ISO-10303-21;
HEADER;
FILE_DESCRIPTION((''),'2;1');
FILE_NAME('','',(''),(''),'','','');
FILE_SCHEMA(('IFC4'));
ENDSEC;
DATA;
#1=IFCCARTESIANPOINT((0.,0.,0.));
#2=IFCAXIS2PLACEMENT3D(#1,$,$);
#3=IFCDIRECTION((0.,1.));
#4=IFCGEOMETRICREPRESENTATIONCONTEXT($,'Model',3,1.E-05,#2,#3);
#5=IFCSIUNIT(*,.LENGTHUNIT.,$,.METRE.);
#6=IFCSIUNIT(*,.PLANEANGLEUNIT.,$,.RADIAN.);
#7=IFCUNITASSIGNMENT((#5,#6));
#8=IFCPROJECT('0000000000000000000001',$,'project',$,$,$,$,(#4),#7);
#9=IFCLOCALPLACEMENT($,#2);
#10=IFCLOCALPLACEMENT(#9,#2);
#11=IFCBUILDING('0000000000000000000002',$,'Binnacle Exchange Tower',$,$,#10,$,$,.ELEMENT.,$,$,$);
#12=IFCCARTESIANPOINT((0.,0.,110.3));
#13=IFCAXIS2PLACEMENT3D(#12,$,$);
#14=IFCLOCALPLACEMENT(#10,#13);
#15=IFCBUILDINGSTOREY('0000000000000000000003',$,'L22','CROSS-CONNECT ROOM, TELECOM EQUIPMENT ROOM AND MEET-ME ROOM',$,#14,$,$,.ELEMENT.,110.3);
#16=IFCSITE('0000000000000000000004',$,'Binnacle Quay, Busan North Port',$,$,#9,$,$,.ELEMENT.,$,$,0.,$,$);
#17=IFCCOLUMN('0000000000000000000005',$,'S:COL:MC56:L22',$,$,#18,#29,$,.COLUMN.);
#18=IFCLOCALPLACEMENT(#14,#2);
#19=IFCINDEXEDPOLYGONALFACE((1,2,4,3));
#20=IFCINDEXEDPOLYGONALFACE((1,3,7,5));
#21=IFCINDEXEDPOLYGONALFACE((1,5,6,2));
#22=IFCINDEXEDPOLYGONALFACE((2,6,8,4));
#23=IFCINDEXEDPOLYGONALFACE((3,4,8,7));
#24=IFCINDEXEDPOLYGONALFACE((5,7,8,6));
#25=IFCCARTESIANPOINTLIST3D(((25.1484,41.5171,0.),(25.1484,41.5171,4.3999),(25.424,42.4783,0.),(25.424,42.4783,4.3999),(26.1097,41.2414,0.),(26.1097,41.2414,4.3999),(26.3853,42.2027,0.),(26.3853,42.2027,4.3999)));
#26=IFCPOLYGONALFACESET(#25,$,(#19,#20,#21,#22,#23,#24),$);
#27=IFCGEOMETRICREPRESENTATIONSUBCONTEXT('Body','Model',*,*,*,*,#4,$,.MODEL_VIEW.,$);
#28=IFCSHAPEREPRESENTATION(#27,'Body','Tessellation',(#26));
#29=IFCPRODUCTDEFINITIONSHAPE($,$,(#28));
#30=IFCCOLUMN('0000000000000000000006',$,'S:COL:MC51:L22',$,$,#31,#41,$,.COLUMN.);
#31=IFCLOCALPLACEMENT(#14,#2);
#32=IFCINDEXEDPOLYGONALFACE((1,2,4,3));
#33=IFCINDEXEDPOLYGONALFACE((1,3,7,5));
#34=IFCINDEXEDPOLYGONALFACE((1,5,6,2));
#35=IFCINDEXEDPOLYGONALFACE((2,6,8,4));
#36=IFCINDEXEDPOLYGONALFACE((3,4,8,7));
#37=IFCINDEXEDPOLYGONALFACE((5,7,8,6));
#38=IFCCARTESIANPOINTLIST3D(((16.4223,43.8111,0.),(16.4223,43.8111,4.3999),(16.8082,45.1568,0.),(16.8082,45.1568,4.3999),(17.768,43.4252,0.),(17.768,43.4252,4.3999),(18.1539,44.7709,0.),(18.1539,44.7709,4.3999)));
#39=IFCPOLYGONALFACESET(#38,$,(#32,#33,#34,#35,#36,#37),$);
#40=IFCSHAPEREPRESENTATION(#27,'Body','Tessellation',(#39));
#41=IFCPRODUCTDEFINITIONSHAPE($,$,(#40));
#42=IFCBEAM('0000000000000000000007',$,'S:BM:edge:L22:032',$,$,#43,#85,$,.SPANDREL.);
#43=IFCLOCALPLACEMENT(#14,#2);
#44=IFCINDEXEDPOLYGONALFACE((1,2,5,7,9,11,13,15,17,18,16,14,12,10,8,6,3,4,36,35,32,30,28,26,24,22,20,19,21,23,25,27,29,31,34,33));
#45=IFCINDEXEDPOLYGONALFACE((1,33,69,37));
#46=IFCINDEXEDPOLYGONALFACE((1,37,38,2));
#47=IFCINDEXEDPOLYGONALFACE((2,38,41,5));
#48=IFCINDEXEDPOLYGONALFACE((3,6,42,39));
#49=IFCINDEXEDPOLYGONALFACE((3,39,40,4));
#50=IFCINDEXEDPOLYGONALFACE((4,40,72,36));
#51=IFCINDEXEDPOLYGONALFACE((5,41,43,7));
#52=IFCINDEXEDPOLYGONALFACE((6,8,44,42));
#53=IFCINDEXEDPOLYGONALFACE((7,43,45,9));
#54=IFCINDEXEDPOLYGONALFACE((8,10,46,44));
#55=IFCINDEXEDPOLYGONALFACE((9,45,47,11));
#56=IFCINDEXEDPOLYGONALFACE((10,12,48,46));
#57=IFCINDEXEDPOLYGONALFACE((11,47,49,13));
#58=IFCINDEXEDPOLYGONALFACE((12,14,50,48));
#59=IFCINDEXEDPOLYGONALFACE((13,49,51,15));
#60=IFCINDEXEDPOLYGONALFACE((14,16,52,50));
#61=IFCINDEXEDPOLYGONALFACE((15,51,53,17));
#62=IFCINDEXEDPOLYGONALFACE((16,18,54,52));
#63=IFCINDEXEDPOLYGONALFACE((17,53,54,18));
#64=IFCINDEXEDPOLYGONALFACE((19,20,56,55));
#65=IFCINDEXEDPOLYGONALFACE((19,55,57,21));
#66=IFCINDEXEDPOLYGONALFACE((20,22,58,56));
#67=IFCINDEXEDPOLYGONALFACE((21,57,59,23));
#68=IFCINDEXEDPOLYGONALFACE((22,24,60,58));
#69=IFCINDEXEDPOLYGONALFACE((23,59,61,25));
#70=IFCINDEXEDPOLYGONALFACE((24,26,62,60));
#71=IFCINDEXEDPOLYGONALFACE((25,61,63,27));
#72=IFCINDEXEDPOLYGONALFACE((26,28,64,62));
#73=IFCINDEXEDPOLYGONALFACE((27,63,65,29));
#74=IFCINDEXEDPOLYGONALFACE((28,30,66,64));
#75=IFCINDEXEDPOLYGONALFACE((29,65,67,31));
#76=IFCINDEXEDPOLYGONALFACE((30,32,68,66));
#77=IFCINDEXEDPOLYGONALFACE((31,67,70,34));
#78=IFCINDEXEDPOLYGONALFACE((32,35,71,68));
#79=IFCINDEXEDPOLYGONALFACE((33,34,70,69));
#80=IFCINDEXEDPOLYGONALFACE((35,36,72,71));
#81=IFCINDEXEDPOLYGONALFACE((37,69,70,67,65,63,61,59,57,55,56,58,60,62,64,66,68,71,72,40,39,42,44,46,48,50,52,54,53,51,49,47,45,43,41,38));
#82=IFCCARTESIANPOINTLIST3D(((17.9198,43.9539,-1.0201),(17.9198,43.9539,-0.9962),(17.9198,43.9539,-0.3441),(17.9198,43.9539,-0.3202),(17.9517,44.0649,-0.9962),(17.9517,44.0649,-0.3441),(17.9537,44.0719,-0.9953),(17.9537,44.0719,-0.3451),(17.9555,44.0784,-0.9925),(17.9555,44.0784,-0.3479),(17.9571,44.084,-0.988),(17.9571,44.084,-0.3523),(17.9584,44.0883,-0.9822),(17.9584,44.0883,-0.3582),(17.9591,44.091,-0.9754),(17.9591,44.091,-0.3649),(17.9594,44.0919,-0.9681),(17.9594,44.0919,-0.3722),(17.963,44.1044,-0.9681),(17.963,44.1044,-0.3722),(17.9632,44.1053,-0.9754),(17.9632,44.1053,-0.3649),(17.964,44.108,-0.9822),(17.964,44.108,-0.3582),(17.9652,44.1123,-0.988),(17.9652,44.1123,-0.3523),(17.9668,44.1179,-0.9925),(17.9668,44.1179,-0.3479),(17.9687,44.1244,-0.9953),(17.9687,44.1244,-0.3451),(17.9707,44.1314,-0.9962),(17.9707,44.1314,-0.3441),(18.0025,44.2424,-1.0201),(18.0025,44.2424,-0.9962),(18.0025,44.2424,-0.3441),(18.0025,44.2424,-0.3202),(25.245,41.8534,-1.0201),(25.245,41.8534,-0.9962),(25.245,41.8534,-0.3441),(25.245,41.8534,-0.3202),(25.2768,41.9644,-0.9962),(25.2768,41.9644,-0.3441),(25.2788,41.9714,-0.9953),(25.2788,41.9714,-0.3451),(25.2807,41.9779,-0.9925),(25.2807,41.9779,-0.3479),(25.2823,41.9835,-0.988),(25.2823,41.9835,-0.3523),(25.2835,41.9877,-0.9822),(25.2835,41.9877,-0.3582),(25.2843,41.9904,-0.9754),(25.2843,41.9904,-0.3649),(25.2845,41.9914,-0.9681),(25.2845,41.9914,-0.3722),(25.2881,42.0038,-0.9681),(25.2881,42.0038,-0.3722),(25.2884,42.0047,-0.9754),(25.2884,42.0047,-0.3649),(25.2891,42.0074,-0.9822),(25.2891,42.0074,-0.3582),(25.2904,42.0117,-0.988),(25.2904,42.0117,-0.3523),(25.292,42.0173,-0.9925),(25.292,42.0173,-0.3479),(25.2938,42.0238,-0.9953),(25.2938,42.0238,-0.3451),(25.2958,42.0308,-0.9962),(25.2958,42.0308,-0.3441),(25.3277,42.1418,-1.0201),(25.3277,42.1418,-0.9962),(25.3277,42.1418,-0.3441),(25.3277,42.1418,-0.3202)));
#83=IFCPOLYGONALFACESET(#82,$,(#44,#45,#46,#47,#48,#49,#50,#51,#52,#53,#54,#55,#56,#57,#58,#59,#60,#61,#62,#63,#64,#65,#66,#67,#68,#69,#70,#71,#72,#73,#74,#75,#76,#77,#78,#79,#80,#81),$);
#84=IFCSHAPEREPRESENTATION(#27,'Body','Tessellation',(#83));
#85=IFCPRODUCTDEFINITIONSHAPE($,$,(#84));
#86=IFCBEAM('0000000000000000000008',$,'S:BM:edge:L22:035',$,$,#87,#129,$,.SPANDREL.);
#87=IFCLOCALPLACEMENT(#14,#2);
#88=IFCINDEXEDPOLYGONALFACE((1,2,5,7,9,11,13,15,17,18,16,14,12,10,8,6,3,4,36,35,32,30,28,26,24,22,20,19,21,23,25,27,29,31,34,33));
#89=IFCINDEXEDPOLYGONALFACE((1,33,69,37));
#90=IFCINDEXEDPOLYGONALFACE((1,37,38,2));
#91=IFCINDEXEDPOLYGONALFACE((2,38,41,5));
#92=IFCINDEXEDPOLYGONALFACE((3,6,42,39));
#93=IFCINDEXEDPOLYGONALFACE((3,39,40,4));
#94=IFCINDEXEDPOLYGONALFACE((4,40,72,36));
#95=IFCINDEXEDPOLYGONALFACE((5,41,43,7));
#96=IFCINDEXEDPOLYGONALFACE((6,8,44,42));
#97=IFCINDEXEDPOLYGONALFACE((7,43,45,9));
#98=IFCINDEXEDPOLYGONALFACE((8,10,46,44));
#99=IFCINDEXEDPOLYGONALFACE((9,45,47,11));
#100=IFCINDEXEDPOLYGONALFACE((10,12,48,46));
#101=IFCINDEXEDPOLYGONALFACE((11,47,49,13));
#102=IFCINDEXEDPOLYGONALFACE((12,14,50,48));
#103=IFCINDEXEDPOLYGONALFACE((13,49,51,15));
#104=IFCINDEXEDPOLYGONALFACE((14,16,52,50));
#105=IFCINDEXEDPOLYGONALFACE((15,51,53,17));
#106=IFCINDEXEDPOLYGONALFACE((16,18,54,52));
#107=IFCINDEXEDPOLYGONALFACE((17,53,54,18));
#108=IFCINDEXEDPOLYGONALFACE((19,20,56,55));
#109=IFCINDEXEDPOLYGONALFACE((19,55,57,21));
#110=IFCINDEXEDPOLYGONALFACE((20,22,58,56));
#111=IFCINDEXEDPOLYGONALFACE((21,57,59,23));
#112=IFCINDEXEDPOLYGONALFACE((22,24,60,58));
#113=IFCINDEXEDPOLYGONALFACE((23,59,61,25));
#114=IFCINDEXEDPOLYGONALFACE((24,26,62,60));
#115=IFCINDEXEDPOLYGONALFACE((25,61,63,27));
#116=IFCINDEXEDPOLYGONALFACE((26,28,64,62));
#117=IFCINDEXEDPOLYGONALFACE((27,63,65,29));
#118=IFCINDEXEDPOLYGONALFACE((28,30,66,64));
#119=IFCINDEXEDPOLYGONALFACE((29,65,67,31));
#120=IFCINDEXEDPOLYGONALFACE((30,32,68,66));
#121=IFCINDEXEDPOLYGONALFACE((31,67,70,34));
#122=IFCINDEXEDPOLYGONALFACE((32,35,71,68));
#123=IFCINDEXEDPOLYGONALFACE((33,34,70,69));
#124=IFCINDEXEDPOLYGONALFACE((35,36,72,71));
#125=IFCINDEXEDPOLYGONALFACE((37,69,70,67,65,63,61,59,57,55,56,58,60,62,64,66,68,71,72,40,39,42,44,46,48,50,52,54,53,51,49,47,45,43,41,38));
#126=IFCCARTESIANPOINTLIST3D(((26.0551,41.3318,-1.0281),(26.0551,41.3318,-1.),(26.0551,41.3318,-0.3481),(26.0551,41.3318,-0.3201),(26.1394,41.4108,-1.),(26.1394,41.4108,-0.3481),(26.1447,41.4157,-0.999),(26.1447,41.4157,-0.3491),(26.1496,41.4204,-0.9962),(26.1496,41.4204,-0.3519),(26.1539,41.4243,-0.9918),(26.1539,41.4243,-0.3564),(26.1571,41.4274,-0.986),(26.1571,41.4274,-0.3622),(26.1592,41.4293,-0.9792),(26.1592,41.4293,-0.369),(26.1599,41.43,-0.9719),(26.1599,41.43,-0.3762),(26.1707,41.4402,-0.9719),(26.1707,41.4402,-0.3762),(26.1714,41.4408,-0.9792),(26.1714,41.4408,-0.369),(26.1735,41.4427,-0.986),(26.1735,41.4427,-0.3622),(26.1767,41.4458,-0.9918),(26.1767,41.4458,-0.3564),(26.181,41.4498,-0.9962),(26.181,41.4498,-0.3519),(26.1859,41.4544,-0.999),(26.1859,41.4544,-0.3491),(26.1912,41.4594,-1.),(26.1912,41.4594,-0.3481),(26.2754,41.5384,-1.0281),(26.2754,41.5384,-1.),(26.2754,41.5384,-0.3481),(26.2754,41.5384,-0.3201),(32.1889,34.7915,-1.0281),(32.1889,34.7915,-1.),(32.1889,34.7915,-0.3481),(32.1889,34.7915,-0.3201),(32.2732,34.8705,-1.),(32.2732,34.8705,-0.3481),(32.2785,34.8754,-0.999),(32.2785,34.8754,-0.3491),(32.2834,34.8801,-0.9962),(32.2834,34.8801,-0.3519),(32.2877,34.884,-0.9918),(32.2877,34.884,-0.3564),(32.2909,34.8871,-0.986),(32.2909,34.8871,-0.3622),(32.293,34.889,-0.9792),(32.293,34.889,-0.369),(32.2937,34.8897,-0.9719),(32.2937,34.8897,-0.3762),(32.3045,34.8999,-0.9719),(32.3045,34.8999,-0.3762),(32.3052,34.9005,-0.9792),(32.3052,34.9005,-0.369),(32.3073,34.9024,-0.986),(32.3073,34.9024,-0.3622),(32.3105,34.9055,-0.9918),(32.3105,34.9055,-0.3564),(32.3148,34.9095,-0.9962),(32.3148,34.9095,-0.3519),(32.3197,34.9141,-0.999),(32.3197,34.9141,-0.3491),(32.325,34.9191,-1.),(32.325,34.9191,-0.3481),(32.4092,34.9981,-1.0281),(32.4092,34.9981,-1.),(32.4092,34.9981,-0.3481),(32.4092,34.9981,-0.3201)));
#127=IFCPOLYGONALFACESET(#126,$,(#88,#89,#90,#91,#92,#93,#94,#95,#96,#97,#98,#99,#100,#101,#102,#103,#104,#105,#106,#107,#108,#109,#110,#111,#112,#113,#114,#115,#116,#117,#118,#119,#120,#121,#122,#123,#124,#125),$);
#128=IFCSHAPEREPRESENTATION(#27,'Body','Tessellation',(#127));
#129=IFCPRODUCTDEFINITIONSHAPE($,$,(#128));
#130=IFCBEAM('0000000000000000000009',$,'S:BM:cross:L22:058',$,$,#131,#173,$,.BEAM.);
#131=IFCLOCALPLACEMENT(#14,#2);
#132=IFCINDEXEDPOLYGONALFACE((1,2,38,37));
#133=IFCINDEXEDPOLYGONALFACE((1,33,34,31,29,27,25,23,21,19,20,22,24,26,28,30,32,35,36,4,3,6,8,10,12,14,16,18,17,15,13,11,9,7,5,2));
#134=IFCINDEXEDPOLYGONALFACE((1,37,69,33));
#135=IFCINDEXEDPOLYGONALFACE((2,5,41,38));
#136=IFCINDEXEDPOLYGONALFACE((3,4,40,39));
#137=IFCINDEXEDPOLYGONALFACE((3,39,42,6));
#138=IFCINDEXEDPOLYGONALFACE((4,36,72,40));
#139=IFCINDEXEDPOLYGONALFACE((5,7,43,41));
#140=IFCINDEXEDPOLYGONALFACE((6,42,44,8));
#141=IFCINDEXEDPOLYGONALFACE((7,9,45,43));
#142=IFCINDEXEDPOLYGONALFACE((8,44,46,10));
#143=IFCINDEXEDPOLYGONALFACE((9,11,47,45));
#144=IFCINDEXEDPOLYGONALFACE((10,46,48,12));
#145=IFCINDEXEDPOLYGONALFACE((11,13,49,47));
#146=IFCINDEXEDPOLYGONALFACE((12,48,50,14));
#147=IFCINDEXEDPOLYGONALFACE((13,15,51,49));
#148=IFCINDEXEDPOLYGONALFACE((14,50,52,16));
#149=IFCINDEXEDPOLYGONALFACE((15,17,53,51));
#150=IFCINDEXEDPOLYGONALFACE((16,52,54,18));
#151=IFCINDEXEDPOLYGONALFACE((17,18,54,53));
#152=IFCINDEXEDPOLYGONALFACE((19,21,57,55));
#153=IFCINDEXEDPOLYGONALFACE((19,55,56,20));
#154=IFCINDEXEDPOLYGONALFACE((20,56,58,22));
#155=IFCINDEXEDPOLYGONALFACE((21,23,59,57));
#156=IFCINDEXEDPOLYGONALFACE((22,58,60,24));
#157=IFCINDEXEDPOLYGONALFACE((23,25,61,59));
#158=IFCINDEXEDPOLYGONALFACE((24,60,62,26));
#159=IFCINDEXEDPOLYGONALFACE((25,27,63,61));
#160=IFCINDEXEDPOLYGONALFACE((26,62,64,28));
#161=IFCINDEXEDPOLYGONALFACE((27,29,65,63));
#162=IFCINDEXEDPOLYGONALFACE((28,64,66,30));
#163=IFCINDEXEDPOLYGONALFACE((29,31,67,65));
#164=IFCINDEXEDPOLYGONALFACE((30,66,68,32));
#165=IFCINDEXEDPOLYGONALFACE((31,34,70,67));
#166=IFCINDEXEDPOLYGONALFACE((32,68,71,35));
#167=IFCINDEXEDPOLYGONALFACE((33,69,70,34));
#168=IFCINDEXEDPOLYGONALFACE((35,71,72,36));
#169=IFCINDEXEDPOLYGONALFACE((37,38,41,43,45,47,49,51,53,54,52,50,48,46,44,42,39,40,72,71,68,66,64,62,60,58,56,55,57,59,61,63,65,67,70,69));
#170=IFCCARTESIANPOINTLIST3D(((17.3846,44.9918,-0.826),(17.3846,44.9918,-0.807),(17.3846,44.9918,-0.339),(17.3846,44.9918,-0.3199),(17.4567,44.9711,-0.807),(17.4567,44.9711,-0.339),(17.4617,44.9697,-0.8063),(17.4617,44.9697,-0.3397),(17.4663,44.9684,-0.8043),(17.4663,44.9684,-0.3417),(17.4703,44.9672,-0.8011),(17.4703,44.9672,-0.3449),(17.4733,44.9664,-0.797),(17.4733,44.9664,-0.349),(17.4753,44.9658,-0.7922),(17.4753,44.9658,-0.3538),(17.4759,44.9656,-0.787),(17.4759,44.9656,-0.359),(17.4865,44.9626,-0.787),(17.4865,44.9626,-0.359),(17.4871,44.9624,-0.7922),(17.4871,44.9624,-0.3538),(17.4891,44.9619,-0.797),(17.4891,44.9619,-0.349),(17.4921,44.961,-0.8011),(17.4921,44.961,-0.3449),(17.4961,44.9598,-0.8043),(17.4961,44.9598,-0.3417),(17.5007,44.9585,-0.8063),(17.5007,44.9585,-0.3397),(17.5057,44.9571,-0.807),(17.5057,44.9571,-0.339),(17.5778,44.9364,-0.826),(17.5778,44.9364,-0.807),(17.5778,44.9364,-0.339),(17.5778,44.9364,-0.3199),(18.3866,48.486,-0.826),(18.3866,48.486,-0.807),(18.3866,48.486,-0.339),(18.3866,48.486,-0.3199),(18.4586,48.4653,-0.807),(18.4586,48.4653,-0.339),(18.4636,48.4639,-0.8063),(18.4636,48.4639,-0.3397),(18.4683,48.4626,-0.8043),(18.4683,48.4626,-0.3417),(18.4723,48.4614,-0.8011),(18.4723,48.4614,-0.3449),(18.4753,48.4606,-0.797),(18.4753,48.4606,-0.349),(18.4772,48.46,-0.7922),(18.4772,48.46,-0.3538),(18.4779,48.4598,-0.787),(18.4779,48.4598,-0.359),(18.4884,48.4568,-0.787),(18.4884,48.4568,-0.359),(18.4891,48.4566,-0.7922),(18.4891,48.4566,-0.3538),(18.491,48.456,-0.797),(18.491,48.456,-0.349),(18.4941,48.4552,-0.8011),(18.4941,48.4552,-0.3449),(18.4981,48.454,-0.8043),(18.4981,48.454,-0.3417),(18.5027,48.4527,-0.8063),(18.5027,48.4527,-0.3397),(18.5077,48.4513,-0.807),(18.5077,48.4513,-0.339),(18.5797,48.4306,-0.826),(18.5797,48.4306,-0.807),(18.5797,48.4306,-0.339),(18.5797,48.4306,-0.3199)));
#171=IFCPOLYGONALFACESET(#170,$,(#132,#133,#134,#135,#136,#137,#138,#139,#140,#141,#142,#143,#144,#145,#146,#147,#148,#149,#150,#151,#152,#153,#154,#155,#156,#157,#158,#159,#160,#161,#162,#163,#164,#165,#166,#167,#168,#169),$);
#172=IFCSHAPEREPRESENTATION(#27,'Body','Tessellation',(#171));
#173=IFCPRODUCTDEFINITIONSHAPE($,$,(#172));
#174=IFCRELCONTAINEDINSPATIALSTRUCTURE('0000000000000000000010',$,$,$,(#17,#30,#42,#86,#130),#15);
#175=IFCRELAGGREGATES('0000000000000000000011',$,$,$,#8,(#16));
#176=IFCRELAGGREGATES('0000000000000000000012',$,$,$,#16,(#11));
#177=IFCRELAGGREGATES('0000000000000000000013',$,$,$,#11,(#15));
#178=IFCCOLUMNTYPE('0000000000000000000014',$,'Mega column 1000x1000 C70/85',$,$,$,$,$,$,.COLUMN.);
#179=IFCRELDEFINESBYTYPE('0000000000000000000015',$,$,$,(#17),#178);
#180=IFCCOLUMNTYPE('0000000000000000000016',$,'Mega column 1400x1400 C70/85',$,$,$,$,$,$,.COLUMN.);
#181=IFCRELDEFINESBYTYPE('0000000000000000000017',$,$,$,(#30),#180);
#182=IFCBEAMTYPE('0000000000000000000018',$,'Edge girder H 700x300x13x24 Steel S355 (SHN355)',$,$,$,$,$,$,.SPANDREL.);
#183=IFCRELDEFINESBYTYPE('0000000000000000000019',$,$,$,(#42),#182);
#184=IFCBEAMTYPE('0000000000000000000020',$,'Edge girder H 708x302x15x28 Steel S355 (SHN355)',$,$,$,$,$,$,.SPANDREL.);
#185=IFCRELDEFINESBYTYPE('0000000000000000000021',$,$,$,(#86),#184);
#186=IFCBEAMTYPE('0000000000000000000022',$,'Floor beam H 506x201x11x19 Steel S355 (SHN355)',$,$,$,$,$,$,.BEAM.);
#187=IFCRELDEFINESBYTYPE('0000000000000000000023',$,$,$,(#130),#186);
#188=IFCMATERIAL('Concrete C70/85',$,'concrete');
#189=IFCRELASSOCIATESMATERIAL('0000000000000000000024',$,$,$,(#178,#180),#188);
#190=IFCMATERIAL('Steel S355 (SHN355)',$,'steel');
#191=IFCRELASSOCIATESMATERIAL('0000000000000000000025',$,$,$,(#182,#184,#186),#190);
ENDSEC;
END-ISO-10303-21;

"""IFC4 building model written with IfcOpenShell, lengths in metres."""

from ifc_helpers import new_model, si_unit, direction, frame, origin, origin_2d, place, context, subcontext, project, spatial, rectangle, i_section, extrude, material, material_profile, profile_set, type_object, element, save


model = new_model("IFC4")

# Units and contexts
model_context = context("Model", 3, precision=1e-05, world=origin(), true_north=direction((0.0, 1.0)))
body_context = subcontext(model_context, "Body", "Model", "MODEL_VIEW")
ifc_project = project(units=[si_unit("LENGTHUNIT", "METRE"), si_unit("PLANEANGLEUNIT", "RADIAN")], contexts=[model_context])

# Site, building, storey
site_placement = place(None, origin())
site = spatial("IfcSite", under=ifc_project, at=site_placement, Name="Binnacle Quay, Busan North Port", CompositionType="ELEMENT", RefElevation=0.0)
building_placement = place(site_placement, origin())
building = spatial("IfcBuilding", under=site, at=building_placement, Name="Binnacle Exchange Tower", CompositionType="ELEMENT")
storey_placement = place(building_placement, frame((0.0, 0.0, 110.3)))
storey = spatial("IfcBuildingStorey", under=building, at=storey_placement, Name="L22", Description="CROSS-CONNECT ROOM, TELECOM EQUIPMENT ROOM AND MEET-ME ROOM", CompositionType="ELEMENT", Elevation=110.3)

# Columns
ifc_material_1 = material(Name="Concrete C70/85", Category="concrete")
ifc_material_profile_1 = material_profile(ifc_material_1, rectangle(XDim=1.0, YDim=1.0, at=origin_2d()), Name="Mega column 1000x1000 C70/85")
ifc_profile_set_1 = profile_set([ifc_material_profile_1], Name="Concrete C70/85")
column_type_1 = type_object("IfcColumnType", Name="Mega column 1000x1000 C70/85", PredefinedType="COLUMN", material=ifc_profile_set_1)
column_1_placement = place(storey_placement, frame((25.7668, 41.8599, 0.0), z_axis=(0.0, 0.0, 1.0), x_axis=(0.961262, -0.275637, 0.0)))
element("IfcColumn", 1, at=column_1_placement, inside=storey, type_object=column_type_1, Name="S:COL:MC56:L22", PredefinedType="COLUMN", context=body_context, shape_type="SweptSolid", body=[
    extrude(rectangle(XDim=1.0, YDim=1.0, at=origin_2d()), origin(), (0.0, 0.0, 1.0), 4.3999),
])
ifc_material_profile_2 = material_profile(ifc_material_1, rectangle(XDim=1.3999, YDim=1.3999, at=origin_2d()), Name="Mega column 1400x1400 C70/85")
ifc_profile_set_2 = profile_set([ifc_material_profile_2], Name="Concrete C70/85")
column_type_2 = type_object("IfcColumnType", Name="Mega column 1400x1400 C70/85", PredefinedType="COLUMN", material=ifc_profile_set_2)
column_2_placement = place(storey_placement, frame((17.2881, 44.291, 0.0), z_axis=(0.0, 0.0, 1.0), x_axis=(0.961262, -0.275637, 0.0)))
element("IfcColumn", 2, at=column_2_placement, inside=storey, type_object=column_type_2, Name="S:COL:MC51:L22", PredefinedType="COLUMN", context=body_context, shape_type="SweptSolid", body=[
    extrude(rectangle(XDim=1.3999, YDim=1.3999, at=origin_2d()), origin(), (0.0, 0.0, 1.0), 4.3999),
])

# Beams
ifc_material_2 = material(Name="Steel S355 (SHN355)", Category="steel")
ifc_material_profile_3 = material_profile(ifc_material_2, i_section(OverallWidth=0.3, OverallDepth=0.7, WebThickness=0.0129, FlangeThickness=0.0239, FilletRadius=0.0281, at=origin_2d()), Name="H 700x300x13x24")
ifc_profile_set_3 = profile_set([ifc_material_profile_3], Name="Steel S355 (SHN355)")
beam_type_1 = type_object("IfcBeamType", Name="Edge girder H 700x300x13x24 Steel S355 (SHN355)", PredefinedType="SPANDREL", material=ifc_profile_set_3)
beam_1_placement = place(storey_placement, frame((17.9612, 44.0981, -0.6702), z_axis=(0.961258, -0.275652, 0.0), x_axis=(0.275652, 0.961258, 0.0)))
element("IfcBeam", 3, at=beam_1_placement, inside=storey, type_object=beam_type_1, Name="S:BM:edge:L22:032", PredefinedType="SPANDREL", context=body_context, shape_type="SweptSolid", body=[
    extrude(i_section(OverallWidth=0.3, OverallDepth=0.7, WebThickness=0.0129, FlangeThickness=0.0239, FilletRadius=0.0281, at=origin_2d()), origin(), (0.0, 0.0, 1.0), 7.6204),
])
ifc_material_profile_4 = material_profile(ifc_material_2, i_section(OverallWidth=0.302, OverallDepth=0.708, WebThickness=0.0149, FlangeThickness=0.0281, FilletRadius=0.0281, at=origin_2d()), Name="H 708x302x15x28")
ifc_profile_set_4 = profile_set([ifc_material_profile_4], Name="Steel S355 (SHN355)")
beam_type_2 = type_object("IfcBeamType", Name="Edge girder H 708x302x15x28 Steel S355 (SHN355)", PredefinedType="SPANDREL", material=ifc_profile_set_4)
beam_2_placement = place(storey_placement, frame((26.1653, 41.4351, -0.6741), z_axis=(0.684076, -0.729411, 0.0), x_axis=(0.729411, 0.684076, 0.0)))
element("IfcBeam", 4, at=beam_2_placement, inside=storey, type_object=beam_type_2, Name="S:BM:edge:L22:035", PredefinedType="SPANDREL", context=body_context, shape_type="SweptSolid", body=[
    extrude(i_section(OverallWidth=0.302, OverallDepth=0.708, WebThickness=0.0149, FlangeThickness=0.0281, FilletRadius=0.0281, at=origin_2d()), origin(), (0.0, 0.0, 1.0), 8.9666),
])
ifc_material_profile_5 = material_profile(ifc_material_2, i_section(OverallWidth=0.2009, OverallDepth=0.5061, WebThickness=0.011, FlangeThickness=0.019, FilletRadius=0.02, at=origin_2d()), Name="H 506x201x11x19")
ifc_profile_set_5 = profile_set([ifc_material_profile_5], Name="Steel S355 (SHN355)")
beam_type_3 = type_object("IfcBeamType", Name="Floor beam H 506x201x11x19 Steel S355 (SHN355)", PredefinedType="BEAM", material=ifc_profile_set_5)
beam_3_placement = place(storey_placement, frame((17.4812, 44.9641, -0.573), z_axis=(0.275644, 0.96126, 0.0), x_axis=(-0.96126, 0.275644, 0.0)))
element("IfcBeam", 5, at=beam_3_placement, inside=storey, type_object=beam_type_3, Name="S:BM:cross:L22:058", PredefinedType="BEAM", context=body_context, shape_type="SweptSolid", body=[
    extrude(i_section(OverallWidth=0.2009, OverallDepth=0.5061, WebThickness=0.011, FlangeThickness=0.019, FilletRadius=0.02, at=origin_2d()), origin(), (0.0, 0.0, 1.0), 3.635),
])

save(model, "model.ifc")
